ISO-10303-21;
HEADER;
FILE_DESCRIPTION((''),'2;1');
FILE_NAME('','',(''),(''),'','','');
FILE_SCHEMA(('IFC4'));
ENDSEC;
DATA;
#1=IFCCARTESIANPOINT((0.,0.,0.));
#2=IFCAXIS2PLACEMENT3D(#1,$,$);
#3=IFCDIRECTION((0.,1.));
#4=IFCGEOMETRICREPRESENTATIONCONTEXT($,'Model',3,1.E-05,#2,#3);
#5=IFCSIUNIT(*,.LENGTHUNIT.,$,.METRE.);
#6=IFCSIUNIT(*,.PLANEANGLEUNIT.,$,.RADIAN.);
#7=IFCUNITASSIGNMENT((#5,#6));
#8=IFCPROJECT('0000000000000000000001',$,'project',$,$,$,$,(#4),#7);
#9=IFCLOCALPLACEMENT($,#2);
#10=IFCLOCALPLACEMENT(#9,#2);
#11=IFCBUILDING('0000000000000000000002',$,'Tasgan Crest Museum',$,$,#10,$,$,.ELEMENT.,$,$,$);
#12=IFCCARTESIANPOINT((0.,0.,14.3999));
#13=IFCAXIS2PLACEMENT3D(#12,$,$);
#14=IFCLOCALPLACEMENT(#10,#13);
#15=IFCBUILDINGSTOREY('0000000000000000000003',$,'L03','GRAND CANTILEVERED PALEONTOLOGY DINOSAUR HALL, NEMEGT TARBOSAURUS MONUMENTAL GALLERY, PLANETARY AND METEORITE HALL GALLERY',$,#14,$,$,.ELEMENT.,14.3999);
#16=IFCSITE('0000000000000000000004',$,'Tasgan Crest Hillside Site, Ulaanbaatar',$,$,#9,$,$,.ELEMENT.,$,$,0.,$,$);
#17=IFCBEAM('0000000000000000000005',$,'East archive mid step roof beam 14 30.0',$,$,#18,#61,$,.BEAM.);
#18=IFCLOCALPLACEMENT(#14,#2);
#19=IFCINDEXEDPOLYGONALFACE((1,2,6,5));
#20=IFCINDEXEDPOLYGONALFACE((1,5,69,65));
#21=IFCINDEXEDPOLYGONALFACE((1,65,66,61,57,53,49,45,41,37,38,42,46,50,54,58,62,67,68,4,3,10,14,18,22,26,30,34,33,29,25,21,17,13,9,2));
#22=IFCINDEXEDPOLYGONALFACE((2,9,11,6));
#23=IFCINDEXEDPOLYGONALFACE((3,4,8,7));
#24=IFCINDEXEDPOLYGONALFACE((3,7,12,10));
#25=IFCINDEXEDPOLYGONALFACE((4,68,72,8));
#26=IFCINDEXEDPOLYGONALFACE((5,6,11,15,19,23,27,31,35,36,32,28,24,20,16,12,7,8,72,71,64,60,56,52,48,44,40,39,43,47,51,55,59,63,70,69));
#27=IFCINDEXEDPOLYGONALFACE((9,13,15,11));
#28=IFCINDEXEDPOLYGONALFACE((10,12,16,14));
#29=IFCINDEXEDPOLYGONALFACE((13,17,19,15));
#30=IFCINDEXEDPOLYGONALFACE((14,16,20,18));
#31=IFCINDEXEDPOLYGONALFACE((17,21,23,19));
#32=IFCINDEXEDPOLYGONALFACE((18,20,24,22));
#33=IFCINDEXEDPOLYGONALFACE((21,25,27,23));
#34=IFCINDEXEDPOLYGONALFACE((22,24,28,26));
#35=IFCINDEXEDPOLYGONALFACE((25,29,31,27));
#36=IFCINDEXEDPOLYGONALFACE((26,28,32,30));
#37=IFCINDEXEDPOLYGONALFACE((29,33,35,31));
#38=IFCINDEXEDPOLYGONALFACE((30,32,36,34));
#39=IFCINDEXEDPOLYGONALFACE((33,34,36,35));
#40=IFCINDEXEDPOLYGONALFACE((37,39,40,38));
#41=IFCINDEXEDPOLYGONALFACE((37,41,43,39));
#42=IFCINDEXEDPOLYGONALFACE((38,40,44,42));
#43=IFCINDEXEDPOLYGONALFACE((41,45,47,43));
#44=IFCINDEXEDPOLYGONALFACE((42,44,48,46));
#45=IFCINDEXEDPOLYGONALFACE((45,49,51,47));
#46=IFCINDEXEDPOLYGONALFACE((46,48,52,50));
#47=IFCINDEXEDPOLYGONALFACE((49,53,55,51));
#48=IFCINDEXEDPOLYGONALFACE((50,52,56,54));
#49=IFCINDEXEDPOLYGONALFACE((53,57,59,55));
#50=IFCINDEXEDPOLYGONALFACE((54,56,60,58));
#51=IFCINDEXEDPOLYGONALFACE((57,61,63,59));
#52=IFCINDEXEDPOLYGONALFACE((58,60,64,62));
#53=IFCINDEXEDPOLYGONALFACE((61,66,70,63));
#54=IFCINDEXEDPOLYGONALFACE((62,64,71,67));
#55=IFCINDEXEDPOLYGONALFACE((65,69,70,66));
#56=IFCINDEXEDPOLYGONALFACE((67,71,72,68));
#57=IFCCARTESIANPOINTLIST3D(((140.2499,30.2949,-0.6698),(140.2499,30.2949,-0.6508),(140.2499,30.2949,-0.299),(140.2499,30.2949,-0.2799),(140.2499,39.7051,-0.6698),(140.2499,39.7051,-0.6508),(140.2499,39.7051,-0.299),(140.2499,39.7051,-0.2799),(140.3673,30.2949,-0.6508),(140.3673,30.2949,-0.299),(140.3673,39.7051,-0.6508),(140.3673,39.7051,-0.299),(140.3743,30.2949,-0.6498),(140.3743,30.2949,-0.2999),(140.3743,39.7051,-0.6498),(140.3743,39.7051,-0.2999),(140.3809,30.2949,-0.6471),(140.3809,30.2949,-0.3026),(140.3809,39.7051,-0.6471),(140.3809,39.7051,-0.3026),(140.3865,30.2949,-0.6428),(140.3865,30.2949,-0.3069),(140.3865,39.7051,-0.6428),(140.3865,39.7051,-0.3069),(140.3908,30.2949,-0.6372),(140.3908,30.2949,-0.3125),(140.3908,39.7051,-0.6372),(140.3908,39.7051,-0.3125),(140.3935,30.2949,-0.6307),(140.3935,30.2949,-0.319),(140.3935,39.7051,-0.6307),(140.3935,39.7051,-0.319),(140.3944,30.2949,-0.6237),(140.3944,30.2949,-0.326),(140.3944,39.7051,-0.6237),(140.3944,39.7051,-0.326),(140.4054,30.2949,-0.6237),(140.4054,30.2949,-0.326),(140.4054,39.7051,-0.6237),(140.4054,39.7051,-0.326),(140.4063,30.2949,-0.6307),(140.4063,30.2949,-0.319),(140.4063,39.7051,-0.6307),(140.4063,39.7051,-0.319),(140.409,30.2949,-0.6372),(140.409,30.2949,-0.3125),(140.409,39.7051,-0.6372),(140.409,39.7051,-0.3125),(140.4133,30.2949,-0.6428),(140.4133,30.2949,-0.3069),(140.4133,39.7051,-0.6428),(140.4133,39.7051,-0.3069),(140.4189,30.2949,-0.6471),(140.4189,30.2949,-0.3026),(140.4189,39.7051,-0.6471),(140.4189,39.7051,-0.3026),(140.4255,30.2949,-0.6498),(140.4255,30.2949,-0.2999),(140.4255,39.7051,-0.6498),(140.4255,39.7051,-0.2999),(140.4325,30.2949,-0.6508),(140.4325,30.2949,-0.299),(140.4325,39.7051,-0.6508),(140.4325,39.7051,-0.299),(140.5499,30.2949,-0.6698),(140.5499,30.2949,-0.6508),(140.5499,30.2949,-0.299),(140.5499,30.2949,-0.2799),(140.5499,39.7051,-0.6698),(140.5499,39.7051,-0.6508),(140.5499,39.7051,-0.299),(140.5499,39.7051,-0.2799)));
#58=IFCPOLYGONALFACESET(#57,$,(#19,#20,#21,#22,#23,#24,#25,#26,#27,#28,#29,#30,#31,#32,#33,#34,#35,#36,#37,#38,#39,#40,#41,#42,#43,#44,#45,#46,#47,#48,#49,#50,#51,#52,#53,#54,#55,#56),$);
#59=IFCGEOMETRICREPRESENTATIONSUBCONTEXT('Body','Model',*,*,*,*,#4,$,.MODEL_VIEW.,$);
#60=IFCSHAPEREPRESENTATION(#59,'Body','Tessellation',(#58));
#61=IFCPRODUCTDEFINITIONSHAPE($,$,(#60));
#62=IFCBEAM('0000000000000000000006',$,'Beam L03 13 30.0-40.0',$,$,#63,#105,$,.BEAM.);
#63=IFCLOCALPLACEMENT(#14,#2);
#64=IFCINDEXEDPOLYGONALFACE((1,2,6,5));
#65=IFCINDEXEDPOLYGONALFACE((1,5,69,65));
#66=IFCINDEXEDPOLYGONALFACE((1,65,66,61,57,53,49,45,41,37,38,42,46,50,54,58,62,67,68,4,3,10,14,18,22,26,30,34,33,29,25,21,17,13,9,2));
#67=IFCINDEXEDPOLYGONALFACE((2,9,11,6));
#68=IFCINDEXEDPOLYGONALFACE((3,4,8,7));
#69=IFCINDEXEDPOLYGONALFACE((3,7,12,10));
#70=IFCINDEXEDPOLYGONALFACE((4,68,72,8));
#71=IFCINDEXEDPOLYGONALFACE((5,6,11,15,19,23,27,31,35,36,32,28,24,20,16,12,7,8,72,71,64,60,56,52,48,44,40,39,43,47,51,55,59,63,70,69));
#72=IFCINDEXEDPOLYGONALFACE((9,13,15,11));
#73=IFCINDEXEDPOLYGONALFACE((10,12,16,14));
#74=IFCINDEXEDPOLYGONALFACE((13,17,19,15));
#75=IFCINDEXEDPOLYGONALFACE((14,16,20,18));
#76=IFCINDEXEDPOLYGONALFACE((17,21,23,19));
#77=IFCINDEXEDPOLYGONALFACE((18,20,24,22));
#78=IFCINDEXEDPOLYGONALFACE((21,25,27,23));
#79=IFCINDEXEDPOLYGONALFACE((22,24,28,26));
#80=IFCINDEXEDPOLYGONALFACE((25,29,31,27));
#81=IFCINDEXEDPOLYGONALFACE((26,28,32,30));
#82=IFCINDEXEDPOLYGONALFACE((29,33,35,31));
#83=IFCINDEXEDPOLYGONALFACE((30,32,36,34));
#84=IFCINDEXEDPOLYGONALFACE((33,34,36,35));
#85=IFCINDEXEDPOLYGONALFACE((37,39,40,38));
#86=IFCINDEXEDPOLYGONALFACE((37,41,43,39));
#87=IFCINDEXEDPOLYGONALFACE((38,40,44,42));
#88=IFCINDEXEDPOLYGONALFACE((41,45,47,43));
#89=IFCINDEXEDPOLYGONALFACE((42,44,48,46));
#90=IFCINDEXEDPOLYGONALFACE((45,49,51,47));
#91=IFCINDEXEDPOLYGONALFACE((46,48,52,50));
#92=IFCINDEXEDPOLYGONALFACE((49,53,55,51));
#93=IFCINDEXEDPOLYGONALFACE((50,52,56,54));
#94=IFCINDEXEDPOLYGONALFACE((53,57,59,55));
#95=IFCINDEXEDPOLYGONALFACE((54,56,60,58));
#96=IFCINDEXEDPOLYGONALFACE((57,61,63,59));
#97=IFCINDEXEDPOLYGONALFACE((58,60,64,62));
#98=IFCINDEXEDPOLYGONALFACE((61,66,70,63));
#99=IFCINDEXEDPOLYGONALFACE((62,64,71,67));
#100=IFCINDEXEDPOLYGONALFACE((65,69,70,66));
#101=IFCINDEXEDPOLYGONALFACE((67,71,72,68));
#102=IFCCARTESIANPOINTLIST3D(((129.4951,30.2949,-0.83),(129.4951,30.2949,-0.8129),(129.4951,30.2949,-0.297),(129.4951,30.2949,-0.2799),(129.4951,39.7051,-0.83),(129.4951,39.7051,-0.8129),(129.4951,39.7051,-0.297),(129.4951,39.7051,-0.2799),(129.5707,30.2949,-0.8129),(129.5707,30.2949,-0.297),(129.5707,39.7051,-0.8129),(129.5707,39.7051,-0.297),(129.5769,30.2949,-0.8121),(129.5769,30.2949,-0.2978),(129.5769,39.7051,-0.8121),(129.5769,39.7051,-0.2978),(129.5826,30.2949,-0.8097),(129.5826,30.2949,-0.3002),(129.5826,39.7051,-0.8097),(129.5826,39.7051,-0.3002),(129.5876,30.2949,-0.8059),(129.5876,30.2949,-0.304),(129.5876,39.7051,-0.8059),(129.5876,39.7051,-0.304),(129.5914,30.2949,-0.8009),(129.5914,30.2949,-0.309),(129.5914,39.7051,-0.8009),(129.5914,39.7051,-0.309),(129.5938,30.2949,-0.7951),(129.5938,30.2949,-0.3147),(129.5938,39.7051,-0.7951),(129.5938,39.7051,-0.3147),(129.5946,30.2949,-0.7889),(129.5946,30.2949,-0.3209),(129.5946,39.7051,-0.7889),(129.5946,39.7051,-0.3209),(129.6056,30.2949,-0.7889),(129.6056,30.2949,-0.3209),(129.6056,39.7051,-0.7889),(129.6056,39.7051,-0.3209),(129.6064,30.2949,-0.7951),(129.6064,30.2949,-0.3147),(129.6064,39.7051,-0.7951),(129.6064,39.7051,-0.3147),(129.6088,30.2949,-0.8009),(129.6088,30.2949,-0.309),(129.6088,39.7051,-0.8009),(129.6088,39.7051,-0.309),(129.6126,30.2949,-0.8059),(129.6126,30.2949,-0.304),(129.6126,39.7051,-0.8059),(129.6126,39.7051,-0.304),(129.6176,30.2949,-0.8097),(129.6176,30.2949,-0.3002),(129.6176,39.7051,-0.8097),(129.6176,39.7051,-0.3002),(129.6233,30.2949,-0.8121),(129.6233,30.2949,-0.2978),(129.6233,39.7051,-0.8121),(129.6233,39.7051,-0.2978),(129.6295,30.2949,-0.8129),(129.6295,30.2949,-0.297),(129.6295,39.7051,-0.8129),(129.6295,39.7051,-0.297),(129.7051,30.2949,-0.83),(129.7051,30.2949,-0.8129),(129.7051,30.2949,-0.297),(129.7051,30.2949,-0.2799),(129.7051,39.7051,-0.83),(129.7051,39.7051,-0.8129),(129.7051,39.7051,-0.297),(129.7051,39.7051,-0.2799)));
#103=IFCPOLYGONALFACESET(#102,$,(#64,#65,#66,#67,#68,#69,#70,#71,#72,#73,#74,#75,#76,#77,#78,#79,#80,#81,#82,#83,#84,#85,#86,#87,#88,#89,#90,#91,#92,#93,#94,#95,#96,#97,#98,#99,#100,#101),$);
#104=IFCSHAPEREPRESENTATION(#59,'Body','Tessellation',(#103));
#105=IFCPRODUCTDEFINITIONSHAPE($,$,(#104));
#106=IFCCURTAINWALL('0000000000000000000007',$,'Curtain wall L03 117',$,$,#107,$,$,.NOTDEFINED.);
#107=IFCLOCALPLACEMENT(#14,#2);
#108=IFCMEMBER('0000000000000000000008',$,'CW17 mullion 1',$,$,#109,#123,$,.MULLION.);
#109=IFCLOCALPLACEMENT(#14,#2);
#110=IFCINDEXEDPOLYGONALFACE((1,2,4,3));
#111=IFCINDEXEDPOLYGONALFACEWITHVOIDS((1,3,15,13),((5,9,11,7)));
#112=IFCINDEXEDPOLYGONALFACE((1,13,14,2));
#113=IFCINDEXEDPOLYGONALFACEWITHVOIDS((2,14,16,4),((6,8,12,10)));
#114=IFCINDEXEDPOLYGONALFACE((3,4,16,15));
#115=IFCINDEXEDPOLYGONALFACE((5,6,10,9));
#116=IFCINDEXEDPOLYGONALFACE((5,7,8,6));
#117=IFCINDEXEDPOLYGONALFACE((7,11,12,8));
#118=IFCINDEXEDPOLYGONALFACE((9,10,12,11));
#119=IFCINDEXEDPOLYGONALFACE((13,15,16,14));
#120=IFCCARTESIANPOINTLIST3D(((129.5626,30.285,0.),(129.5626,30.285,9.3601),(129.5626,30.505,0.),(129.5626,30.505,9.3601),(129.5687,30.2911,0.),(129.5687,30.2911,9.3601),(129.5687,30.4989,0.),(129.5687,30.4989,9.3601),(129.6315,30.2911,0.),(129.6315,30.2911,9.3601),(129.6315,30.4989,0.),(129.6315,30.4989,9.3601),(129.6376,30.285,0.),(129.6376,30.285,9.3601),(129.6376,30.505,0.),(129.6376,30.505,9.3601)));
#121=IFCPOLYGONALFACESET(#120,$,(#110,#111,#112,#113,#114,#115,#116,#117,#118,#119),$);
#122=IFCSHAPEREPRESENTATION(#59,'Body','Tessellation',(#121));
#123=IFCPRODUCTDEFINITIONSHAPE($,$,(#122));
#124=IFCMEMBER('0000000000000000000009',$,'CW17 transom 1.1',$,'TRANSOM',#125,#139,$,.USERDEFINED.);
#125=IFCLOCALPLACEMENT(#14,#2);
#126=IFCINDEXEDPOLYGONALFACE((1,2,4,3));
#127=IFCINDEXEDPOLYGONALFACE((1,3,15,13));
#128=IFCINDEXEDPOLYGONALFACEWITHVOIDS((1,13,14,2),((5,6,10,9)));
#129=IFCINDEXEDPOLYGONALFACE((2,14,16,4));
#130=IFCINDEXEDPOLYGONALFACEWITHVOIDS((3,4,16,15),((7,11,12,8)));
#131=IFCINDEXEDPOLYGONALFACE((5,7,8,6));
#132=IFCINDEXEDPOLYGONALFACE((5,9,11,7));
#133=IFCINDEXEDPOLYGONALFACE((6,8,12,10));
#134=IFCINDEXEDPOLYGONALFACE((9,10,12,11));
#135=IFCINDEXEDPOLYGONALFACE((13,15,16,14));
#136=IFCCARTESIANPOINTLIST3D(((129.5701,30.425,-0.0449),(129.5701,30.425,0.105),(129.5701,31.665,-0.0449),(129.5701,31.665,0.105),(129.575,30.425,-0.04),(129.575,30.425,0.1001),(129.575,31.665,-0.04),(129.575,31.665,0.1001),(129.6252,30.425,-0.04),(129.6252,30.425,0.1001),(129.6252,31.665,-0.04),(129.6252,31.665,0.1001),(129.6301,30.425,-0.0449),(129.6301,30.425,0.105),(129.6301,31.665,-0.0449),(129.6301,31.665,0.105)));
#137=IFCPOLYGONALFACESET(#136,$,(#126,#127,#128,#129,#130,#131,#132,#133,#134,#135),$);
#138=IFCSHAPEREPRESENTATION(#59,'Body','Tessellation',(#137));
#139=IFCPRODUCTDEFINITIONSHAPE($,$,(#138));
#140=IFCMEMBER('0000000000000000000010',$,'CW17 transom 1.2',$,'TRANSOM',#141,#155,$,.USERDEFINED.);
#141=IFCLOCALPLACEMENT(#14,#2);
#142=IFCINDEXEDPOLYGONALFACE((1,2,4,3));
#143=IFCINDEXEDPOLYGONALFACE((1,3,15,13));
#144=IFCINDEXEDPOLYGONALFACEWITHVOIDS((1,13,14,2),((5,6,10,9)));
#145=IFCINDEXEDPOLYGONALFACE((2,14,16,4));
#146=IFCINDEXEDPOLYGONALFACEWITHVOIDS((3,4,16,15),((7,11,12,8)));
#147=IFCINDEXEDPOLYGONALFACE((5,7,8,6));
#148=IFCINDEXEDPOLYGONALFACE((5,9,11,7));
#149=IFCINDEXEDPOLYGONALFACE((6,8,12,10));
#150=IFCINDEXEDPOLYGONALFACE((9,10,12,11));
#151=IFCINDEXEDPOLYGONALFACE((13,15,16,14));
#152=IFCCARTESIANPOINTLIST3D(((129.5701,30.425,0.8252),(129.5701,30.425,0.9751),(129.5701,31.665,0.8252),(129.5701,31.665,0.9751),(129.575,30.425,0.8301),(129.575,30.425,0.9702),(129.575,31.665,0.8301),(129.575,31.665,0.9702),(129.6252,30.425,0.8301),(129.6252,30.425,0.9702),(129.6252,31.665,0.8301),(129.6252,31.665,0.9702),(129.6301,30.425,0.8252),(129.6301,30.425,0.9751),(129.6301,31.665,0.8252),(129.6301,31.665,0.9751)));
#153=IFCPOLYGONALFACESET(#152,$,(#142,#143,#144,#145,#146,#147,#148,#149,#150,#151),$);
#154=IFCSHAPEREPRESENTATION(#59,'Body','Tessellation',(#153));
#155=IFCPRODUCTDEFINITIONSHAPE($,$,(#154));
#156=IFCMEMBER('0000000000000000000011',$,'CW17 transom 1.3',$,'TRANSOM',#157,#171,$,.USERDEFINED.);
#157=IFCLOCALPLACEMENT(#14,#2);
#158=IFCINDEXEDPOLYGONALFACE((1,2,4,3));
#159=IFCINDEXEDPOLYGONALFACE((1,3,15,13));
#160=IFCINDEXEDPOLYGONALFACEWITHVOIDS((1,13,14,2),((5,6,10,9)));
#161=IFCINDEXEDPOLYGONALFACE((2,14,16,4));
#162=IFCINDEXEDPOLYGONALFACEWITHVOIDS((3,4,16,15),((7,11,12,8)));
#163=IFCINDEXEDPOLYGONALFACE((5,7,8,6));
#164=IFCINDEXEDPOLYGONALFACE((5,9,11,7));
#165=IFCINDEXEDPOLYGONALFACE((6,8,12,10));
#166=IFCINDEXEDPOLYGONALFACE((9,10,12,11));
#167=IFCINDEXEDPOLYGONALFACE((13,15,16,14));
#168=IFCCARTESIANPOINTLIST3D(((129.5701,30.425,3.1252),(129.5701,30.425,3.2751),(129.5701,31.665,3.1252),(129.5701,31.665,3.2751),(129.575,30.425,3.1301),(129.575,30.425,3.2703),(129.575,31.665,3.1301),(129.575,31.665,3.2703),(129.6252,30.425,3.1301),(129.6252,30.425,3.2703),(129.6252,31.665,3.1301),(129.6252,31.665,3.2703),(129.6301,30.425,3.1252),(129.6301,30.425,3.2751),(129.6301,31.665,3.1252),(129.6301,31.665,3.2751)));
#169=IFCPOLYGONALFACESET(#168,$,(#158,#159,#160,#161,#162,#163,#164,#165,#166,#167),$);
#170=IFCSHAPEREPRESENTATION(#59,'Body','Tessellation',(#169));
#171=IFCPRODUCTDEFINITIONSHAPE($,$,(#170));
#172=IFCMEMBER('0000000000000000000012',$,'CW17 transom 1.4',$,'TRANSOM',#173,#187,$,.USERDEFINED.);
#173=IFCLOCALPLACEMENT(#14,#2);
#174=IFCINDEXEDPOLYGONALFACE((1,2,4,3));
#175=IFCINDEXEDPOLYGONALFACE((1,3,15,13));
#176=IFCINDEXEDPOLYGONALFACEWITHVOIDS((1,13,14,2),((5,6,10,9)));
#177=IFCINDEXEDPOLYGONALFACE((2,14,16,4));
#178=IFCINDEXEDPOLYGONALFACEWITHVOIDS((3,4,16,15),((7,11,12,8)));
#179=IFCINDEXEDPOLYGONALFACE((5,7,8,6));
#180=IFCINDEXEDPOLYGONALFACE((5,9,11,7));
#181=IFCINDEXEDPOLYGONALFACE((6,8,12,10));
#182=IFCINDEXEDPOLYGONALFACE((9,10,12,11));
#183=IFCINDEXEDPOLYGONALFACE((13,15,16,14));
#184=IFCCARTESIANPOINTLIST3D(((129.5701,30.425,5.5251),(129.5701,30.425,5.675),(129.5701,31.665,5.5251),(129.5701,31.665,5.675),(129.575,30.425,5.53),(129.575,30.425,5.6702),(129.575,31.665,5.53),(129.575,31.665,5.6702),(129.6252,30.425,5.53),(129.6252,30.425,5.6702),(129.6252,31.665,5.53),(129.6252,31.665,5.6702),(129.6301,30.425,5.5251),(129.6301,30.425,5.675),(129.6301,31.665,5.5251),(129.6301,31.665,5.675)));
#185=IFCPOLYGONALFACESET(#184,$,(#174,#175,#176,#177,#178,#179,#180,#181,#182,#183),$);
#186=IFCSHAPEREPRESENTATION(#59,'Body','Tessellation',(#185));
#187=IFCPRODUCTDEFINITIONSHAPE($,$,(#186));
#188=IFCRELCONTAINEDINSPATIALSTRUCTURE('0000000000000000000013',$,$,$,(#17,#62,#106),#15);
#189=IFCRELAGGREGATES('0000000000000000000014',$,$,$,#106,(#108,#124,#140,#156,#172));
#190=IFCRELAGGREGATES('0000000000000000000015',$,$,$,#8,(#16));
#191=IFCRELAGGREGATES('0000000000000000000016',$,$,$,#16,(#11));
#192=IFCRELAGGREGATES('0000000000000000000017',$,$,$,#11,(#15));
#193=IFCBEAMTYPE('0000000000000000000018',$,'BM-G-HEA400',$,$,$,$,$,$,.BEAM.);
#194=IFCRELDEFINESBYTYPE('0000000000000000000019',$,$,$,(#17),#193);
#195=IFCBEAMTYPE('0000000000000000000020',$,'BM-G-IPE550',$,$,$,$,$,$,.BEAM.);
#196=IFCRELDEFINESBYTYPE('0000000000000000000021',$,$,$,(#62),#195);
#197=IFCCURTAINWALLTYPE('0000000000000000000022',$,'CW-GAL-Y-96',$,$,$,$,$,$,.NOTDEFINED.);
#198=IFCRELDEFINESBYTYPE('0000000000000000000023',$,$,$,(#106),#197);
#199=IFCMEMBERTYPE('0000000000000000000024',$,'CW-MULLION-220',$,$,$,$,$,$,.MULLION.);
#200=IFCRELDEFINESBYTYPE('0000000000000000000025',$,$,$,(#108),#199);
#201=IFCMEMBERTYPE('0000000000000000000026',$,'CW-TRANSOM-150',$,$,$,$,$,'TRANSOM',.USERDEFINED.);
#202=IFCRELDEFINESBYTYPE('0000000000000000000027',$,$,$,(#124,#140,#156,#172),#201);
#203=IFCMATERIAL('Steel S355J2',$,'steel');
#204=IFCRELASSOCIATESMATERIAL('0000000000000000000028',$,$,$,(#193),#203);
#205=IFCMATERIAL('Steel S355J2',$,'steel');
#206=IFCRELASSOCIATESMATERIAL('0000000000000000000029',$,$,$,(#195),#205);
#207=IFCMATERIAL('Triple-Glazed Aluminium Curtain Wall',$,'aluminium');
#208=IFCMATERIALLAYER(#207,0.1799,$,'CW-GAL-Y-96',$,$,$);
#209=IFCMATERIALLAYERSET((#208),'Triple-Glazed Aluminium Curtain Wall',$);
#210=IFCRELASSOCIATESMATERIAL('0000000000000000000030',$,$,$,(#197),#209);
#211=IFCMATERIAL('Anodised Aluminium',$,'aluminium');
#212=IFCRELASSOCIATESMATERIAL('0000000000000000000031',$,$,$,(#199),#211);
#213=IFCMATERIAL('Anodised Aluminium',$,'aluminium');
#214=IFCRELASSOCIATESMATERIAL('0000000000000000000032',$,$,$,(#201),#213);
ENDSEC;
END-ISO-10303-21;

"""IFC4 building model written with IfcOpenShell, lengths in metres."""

from ifc_helpers import new_model, si_unit, direction, frame, origin, origin_2d, place, context, subcontext, project, spatial, hollow_rectangle, i_section, extrude, material, layer, layer_set, material_profile, profile_set, type_object, element, aggregate, save


model = new_model("IFC4")

# Units and contexts
model_context = context("Model", 3, precision=1e-05, world=origin(), true_north=direction((0.0, 1.0)))
body_context = subcontext(model_context, "Body", "Model", "MODEL_VIEW")
ifc_project = project(units=[si_unit("LENGTHUNIT", "METRE"), si_unit("PLANEANGLEUNIT", "RADIAN")], contexts=[model_context])

# Site, building, storey
site_placement = place(None, origin())
site = spatial("IfcSite", under=ifc_project, at=site_placement, Name="Tasgan Crest Hillside Site, Ulaanbaatar", CompositionType="ELEMENT", RefElevation=0.0)
building_placement = place(site_placement, origin())
building = spatial("IfcBuilding", under=site, at=building_placement, Name="Tasgan Crest Museum", CompositionType="ELEMENT")
storey_placement = place(building_placement, frame((0.0, 0.0, 14.3999)))
storey = spatial("IfcBuildingStorey", under=building, at=storey_placement, Name="L03", Description="GRAND CANTILEVERED PALEONTOLOGY DINOSAUR HALL, NEMEGT TARBOSAURUS MONUMENTAL GALLERY, PLANETARY AND METEORITE HALL GALLERY", CompositionType="ELEMENT", Elevation=14.3999)

# Beams
ifc_material_1 = material(Name="Steel S355J2", Category="steel")
ifc_material_profile_1 = material_profile(ifc_material_1, i_section(OverallWidth=0.3, OverallDepth=0.3899, WebThickness=0.011, FlangeThickness=0.019, FilletRadius=0.0271, at=origin_2d()), Name="HEA 400")
ifc_profile_set_1 = profile_set([ifc_material_profile_1], Name="Steel S355J2")
beam_type_1 = type_object("IfcBeamType", Name="BM-G-HEA400", PredefinedType="BEAM", material=ifc_profile_set_1)
for number, where, z_axis, x_axis, name in (
    (1, (140.3999, 30.2949, -0.4749), (0.0, 1.0, 0.0), (-1.0, 0.0, 0.0), "East archive mid step roof beam 14 30.0"),
):
    element("IfcBeam", number, at=place(storey_placement, frame(where, z_axis=z_axis, x_axis=x_axis)), inside=storey, type_object=beam_type_1, Name=name, PredefinedType="BEAM", context=body_context, shape_type="SweptSolid", body=[
        extrude(i_section(OverallWidth=0.3, OverallDepth=0.3899, WebThickness=0.011, FlangeThickness=0.019, FilletRadius=0.0271, at=origin_2d()), origin(), (0.0, 0.0, 1.0), 9.4102),
    ])
ifc_material_2 = material(Name="Steel S355J2", Category="steel")
ifc_material_profile_2 = material_profile(ifc_material_2, i_section(OverallWidth=0.21, OverallDepth=0.55, WebThickness=0.011, FlangeThickness=0.0171, FilletRadius=0.0239, at=origin_2d()), Name="IPE 550")
ifc_profile_set_2 = profile_set([ifc_material_profile_2], Name="Steel S355J2")
beam_type_2 = type_object("IfcBeamType", Name="BM-G-IPE550", PredefinedType="BEAM", material=ifc_profile_set_2)
beam_placement = place(storey_placement, frame((129.6001, 30.2949, -0.5549), z_axis=(0.0, 1.0, 0.0), x_axis=(-1.0, 0.0, 0.0)))
element("IfcBeam", 2, at=beam_placement, inside=storey, type_object=beam_type_2, Name="Beam L03 13 30.0-40.0", PredefinedType="BEAM", context=body_context, shape_type="SweptSolid", body=[
    extrude(i_section(OverallWidth=0.21, OverallDepth=0.55, WebThickness=0.011, FlangeThickness=0.0171, FilletRadius=0.0239, at=origin_2d()), origin(), (0.0, 0.0, 1.0), 9.4102),
])

# Curtain wall, members
ifc_material_3 = material(Name="Triple-Glazed Aluminium Curtain Wall", Category="aluminium")
ifc_layer_1 = layer(ifc_material_3, 0.1799, Name="CW-GAL-Y-96")
ifc_layer_set_1 = layer_set([ifc_layer_1], Name="Triple-Glazed Aluminium Curtain Wall")
curtain_wall_type = type_object("IfcCurtainWallType", Name="CW-GAL-Y-96", PredefinedType="NOTDEFINED", material=ifc_layer_set_1)
curtain_wall_placement = place(storey_placement, origin())
curtain_wall = element("IfcCurtainWall", 3, at=curtain_wall_placement, inside=storey, type_object=curtain_wall_type, Name="Curtain wall L03 117", PredefinedType="NOTDEFINED")
ifc_material_4 = material(Name="Anodised Aluminium", Category="aluminium")
ifc_material_profile_3 = material_profile(ifc_material_4, hollow_rectangle(XDim=0.075, YDim=0.22, WallThickness=0.0061, at=origin_2d()), Name="ALU MULLION 220x75x6")
ifc_profile_set_3 = profile_set([ifc_material_profile_3], Name="Anodised Aluminium")
member_type_1 = type_object("IfcMemberType", Name="CW-MULLION-220", PredefinedType="MULLION", material=ifc_profile_set_3)
member_1_placement = place(storey_placement, frame((129.6001, 30.395, 0.0), z_axis=(0.0, 0.0, 1.0), x_axis=(-1.0, 0.0, 0.0)))
member_1 = element("IfcMember", 4, at=member_1_placement, type_object=member_type_1, Name="CW17 mullion 1", PredefinedType="MULLION", context=body_context, shape_type="SweptSolid", body=[
    extrude(hollow_rectangle(XDim=0.075, YDim=0.22, WallThickness=0.0061, at=origin_2d()), origin(), (0.0, 0.0, 1.0), 9.3601),
])
ifc_material_5 = material(Name="Anodised Aluminium", Category="aluminium")
ifc_material_profile_4 = material_profile(ifc_material_5, hollow_rectangle(XDim=0.0601, YDim=0.1499, WallThickness=0.0049, at=origin_2d()), Name="ALU TRANSOM 150x60x5")
ifc_profile_set_4 = profile_set([ifc_material_profile_4], Name="Anodised Aluminium")
member_type_2 = type_object("IfcMemberType", Name="CW-TRANSOM-150", ElementType="TRANSOM", PredefinedType="USERDEFINED", material=ifc_profile_set_4)
member_2_placement = place(storey_placement, frame((129.6001, 30.425, 0.03), z_axis=(0.0, 1.0, 0.0), x_axis=(-1.0, 0.0, 0.0)))
member_2 = element("IfcMember", 5, at=member_2_placement, type_object=member_type_2, Name="CW17 transom 1.1", ObjectType="TRANSOM", PredefinedType="USERDEFINED", context=body_context, shape_type="SweptSolid", body=[
    extrude(hollow_rectangle(XDim=0.0601, YDim=0.1499, WallThickness=0.0049, at=origin_2d()), origin(), (0.0, 0.0, 1.0), 1.24),
])
member_3_placement = place(storey_placement, frame((129.6001, 30.425, 0.9001), z_axis=(0.0, 1.0, 0.0), x_axis=(-1.0, 0.0, 0.0)))
member_3 = element("IfcMember", 6, at=member_3_placement, type_object=member_type_2, Name="CW17 transom 1.2", ObjectType="TRANSOM", PredefinedType="USERDEFINED", context=body_context, shape_type="SweptSolid", body=[
    extrude(hollow_rectangle(XDim=0.0601, YDim=0.1499, WallThickness=0.0049, at=origin_2d()), origin(), (0.0, 0.0, 1.0), 1.24),
])
member_4_placement = place(storey_placement, frame((129.6001, 30.425, 3.2002), z_axis=(0.0, 1.0, 0.0), x_axis=(-1.0, 0.0, 0.0)))
member_4 = element("IfcMember", 7, at=member_4_placement, type_object=member_type_2, Name="CW17 transom 1.3", ObjectType="TRANSOM", PredefinedType="USERDEFINED", context=body_context, shape_type="SweptSolid", body=[
    extrude(hollow_rectangle(XDim=0.0601, YDim=0.1499, WallThickness=0.0049, at=origin_2d()), origin(), (0.0, 0.0, 1.0), 1.24),
])
member_5_placement = place(storey_placement, frame((129.6001, 30.425, 5.6001), z_axis=(0.0, 1.0, 0.0), x_axis=(-1.0, 0.0, 0.0)))
member_5 = element("IfcMember", 8, at=member_5_placement, type_object=member_type_2, Name="CW17 transom 1.4", ObjectType="TRANSOM", PredefinedType="USERDEFINED", context=body_context, shape_type="SweptSolid", body=[
    extrude(hollow_rectangle(XDim=0.0601, YDim=0.1499, WallThickness=0.0049, at=origin_2d()), origin(), (0.0, 0.0, 1.0), 1.24),
])
aggregate(curtain_wall, [member_1, member_2, member_3, member_4, member_5])

save(model, "model.ifc")
